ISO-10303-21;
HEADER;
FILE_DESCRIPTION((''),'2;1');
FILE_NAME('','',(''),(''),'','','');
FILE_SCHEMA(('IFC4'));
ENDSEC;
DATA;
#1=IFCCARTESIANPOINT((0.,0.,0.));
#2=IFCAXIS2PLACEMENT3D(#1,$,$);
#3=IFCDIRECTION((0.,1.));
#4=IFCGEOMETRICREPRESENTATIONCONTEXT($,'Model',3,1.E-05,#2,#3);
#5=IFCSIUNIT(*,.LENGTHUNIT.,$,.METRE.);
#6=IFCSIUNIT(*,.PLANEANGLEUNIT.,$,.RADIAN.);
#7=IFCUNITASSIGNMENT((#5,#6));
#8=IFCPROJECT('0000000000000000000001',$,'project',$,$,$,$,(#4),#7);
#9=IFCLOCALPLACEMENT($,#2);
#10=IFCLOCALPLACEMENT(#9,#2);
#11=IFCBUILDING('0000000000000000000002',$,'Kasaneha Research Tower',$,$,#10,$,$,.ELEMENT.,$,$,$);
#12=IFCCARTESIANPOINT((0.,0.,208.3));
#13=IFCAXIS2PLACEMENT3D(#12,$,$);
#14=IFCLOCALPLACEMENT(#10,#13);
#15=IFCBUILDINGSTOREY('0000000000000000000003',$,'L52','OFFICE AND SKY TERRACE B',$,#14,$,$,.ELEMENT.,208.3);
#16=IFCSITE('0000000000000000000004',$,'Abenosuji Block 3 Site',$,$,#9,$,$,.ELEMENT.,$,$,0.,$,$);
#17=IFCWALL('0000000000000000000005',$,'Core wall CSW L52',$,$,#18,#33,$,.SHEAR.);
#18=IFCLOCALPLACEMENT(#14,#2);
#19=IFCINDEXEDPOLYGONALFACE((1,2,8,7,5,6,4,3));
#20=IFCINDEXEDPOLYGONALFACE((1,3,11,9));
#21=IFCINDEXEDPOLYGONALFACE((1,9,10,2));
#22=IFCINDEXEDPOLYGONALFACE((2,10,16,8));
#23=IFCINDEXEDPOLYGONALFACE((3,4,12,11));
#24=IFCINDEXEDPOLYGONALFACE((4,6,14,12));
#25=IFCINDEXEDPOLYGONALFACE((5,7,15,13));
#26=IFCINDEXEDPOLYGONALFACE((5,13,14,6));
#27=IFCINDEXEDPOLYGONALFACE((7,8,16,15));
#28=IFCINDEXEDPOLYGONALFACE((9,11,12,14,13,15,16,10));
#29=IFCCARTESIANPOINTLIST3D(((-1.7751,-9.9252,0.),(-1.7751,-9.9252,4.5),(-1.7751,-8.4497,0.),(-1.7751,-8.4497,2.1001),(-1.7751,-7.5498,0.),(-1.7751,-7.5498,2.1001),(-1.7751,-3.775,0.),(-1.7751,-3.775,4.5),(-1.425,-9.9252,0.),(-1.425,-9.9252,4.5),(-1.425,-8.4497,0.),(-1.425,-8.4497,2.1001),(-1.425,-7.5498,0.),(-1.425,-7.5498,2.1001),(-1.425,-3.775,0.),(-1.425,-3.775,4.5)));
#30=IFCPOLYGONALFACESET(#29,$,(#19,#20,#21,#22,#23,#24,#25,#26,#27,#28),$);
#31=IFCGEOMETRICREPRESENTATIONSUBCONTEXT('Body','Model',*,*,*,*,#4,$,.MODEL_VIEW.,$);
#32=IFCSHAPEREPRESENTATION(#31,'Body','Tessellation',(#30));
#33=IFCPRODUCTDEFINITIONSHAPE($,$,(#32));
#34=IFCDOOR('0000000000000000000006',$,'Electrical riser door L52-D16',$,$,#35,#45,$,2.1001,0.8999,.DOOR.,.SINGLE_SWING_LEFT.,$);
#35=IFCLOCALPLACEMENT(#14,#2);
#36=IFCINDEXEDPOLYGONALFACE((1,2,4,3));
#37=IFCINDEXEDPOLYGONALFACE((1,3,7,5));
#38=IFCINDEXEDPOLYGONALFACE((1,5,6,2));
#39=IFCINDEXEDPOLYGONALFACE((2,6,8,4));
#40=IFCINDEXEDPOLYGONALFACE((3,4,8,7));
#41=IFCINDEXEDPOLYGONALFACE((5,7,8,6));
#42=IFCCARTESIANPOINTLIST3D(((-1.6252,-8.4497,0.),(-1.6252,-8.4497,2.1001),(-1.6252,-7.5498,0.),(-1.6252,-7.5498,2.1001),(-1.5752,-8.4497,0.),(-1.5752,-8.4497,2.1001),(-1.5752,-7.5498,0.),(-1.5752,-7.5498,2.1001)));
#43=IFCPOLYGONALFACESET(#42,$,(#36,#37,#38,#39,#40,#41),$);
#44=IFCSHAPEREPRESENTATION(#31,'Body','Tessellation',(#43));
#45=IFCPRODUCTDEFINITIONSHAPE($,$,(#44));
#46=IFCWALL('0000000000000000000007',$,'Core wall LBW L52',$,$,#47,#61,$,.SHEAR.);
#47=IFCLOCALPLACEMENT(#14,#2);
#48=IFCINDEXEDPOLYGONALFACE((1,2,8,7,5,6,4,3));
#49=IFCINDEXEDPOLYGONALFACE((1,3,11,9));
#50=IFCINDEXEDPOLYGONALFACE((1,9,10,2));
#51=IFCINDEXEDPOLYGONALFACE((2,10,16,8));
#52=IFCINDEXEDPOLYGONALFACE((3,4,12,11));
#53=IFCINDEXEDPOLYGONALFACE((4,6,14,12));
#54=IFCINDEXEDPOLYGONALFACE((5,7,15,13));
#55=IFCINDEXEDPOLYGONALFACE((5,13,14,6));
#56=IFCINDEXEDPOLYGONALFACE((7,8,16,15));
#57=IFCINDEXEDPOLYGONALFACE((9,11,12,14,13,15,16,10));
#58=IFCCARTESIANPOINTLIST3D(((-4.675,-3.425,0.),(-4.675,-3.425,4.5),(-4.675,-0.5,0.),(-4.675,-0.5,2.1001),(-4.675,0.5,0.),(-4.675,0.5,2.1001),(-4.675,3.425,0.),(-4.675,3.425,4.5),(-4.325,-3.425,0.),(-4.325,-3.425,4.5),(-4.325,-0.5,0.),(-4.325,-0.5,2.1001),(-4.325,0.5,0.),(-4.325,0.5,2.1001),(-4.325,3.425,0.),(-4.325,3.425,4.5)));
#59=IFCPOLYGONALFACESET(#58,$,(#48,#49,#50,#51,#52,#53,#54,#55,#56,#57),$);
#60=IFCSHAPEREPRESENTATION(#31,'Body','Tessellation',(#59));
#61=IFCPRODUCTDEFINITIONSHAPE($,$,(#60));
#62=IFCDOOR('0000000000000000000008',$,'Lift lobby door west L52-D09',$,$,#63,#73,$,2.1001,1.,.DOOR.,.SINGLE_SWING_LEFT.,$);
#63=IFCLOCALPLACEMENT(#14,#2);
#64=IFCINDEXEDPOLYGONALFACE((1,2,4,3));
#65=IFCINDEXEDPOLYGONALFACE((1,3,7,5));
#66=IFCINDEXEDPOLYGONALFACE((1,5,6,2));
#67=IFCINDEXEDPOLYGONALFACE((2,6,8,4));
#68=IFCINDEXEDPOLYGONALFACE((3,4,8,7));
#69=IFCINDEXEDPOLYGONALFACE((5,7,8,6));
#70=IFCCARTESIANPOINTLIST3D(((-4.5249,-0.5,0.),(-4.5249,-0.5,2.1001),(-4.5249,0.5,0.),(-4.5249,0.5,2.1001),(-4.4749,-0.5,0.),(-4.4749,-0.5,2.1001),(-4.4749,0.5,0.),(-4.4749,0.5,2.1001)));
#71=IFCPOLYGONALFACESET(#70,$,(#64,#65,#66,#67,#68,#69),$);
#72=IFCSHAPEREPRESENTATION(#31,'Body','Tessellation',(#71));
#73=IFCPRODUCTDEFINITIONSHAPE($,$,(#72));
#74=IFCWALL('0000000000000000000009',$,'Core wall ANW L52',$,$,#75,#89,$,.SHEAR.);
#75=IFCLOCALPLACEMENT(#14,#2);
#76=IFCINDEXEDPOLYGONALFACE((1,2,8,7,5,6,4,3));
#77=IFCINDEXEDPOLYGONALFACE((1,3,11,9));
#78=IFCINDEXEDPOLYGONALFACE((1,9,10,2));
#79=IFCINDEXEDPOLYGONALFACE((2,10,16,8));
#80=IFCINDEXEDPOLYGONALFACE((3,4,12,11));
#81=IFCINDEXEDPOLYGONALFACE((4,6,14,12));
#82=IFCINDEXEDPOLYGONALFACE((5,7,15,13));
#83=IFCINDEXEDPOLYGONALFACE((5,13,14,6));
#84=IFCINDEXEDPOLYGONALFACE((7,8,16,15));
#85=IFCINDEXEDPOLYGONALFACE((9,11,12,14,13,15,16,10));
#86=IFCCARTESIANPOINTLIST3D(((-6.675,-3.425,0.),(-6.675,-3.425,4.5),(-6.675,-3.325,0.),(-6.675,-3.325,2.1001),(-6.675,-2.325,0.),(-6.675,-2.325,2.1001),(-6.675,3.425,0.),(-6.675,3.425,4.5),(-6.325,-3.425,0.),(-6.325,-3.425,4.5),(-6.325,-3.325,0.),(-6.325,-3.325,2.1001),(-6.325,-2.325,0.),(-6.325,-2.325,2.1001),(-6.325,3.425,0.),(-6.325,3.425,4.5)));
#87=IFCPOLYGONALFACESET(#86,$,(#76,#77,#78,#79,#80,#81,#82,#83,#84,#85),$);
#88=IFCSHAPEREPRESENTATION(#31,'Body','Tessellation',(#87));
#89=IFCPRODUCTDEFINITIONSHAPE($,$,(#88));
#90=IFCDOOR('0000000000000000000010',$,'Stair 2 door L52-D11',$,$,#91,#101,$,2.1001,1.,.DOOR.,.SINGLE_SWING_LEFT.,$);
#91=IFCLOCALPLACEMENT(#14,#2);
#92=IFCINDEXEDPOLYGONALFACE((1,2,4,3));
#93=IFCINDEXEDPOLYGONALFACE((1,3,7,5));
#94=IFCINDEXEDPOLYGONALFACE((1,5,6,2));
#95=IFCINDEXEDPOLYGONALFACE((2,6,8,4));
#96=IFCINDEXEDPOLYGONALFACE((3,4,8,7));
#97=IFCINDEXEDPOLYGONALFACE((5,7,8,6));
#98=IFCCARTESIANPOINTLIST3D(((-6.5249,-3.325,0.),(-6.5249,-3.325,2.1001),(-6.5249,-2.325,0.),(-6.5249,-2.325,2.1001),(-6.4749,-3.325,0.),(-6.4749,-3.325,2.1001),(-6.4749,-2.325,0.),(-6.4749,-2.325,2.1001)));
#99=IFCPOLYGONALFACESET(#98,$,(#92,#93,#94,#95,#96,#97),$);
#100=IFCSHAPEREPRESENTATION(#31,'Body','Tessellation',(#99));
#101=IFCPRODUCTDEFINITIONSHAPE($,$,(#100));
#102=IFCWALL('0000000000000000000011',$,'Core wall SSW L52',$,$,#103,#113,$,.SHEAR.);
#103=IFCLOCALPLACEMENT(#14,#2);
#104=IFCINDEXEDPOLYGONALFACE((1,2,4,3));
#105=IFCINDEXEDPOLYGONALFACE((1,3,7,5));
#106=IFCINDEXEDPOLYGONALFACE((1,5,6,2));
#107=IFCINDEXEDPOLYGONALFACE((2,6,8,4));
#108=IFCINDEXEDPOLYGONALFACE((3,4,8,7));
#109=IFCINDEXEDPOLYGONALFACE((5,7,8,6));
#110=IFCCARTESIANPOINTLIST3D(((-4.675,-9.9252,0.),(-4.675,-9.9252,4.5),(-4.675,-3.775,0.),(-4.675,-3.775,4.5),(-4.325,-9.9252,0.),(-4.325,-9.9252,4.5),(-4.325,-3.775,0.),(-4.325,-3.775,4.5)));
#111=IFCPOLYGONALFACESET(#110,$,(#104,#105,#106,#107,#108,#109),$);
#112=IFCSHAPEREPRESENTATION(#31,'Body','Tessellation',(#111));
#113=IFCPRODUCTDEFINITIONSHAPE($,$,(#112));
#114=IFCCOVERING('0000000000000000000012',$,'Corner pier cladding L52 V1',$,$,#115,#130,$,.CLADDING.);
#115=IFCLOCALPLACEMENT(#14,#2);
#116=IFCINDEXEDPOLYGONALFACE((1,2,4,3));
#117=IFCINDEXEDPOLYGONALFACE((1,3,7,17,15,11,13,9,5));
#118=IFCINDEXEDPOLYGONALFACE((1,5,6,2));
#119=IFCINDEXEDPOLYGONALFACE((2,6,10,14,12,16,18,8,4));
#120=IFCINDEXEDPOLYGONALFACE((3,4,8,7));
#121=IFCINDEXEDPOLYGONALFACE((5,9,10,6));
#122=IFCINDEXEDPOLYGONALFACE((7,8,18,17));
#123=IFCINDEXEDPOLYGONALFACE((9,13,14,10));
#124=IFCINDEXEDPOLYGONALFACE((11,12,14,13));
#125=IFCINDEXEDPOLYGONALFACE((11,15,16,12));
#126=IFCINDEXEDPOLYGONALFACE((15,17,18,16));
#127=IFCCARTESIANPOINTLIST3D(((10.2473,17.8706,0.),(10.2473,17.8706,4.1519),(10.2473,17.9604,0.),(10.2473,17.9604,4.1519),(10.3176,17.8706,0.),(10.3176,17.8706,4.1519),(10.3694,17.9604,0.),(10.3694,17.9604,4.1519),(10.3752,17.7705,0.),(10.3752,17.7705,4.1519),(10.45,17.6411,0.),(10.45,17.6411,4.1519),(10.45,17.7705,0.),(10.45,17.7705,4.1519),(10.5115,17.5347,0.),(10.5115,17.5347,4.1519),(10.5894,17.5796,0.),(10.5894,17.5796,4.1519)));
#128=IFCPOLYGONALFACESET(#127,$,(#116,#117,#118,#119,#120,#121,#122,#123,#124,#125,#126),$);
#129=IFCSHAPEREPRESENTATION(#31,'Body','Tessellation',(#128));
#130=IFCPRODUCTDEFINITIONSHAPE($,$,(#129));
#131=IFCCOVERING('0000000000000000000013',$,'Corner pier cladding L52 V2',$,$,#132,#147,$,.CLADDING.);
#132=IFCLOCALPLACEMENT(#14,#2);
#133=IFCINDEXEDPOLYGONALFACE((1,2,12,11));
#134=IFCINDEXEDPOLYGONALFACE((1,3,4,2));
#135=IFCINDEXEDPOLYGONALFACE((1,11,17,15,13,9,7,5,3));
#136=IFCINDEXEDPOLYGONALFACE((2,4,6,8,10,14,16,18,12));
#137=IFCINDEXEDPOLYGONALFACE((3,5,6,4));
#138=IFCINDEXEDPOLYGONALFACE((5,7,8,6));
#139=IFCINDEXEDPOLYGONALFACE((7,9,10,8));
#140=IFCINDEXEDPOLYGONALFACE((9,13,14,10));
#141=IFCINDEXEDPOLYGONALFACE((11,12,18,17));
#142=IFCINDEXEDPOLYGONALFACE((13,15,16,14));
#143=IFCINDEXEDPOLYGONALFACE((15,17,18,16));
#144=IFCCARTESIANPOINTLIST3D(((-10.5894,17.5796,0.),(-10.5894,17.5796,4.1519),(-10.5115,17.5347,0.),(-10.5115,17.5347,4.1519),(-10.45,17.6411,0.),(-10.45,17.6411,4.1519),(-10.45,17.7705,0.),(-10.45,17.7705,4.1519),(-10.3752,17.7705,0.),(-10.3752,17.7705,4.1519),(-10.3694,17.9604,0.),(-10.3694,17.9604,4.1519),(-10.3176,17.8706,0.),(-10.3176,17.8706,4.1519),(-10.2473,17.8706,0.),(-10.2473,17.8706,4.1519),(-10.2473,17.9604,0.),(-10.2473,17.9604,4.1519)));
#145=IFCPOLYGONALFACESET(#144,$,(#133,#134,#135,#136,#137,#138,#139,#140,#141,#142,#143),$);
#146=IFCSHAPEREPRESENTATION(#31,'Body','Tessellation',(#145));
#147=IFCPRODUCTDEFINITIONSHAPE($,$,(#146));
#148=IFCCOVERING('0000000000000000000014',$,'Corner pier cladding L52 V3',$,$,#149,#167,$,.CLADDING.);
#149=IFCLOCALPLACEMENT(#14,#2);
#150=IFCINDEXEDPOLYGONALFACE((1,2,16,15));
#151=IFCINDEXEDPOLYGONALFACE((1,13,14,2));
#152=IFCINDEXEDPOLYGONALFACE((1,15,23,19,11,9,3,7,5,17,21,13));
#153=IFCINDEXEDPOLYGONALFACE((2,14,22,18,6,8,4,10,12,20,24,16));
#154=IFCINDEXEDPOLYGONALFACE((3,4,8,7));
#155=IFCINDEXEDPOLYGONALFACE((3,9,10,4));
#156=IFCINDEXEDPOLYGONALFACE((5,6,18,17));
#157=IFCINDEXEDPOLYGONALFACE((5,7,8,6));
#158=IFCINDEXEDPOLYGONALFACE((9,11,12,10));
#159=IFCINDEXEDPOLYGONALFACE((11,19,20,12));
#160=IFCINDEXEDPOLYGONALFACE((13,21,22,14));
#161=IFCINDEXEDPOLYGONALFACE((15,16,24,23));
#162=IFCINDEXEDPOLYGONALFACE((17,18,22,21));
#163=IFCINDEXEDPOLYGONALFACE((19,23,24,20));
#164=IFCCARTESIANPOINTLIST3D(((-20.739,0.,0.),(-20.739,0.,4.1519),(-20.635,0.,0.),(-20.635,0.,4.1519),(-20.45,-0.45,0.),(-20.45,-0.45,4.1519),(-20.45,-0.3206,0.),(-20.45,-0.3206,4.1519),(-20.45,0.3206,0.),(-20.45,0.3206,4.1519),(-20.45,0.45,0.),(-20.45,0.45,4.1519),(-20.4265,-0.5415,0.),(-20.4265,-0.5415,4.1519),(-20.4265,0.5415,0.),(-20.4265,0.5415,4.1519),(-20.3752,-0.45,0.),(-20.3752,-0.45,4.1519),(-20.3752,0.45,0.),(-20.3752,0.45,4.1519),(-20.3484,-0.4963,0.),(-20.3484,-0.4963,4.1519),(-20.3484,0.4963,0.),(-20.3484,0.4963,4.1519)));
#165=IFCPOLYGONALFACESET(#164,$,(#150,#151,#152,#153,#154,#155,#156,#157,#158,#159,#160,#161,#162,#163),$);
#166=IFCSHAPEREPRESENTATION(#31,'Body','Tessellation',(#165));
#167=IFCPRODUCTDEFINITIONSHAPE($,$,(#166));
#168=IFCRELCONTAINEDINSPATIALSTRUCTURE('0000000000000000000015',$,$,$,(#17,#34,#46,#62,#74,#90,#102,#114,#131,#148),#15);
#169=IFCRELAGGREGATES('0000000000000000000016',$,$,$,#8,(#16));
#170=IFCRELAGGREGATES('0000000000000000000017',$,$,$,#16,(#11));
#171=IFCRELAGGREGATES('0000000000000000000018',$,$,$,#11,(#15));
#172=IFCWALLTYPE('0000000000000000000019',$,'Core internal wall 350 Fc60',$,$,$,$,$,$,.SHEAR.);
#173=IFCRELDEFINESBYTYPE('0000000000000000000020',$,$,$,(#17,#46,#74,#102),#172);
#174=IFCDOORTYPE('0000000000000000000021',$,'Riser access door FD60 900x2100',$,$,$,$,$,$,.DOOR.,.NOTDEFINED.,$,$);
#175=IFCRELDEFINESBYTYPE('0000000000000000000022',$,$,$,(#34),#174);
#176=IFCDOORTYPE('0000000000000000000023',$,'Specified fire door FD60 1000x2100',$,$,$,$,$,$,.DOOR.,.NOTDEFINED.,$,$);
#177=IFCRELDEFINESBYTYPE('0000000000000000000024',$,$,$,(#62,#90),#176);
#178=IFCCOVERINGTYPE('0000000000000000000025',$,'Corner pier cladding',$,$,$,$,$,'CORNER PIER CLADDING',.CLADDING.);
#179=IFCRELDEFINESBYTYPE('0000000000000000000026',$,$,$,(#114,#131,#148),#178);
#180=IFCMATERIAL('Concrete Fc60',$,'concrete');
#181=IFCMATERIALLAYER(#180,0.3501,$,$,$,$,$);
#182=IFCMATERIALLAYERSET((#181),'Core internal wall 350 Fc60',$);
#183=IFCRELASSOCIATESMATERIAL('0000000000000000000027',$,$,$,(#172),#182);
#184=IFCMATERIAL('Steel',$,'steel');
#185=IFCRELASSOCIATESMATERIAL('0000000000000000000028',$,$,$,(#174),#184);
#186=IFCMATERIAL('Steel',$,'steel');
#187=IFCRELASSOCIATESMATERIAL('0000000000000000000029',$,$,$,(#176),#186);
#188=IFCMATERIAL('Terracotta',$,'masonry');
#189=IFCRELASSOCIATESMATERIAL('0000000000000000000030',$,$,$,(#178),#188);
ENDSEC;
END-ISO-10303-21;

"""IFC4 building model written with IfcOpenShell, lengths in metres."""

from ifc_helpers import new_model, si_unit, direction, frame, frame_2d, origin, place, context, subcontext, project, spatial, polyline, rectangle, outline, extrude, material, layer, layer_set, type_object, element, fill, save


model = new_model("IFC4")

# Units and contexts
model_context = context("Model", 3, precision=1e-05, world=origin(), true_north=direction((0.0, 1.0)))
body_context = subcontext(model_context, "Body", "Model", "MODEL_VIEW")
ifc_project = project(units=[si_unit("LENGTHUNIT", "METRE"), si_unit("PLANEANGLEUNIT", "RADIAN")], contexts=[model_context])

# Site, building, storey
site_placement = place(None, origin())
site = spatial("IfcSite", under=ifc_project, at=site_placement, Name="Abenosuji Block 3 Site", CompositionType="ELEMENT", RefElevation=0.0)
building_placement = place(site_placement, origin())
building = spatial("IfcBuilding", under=site, at=building_placement, Name="Kasaneha Research Tower", CompositionType="ELEMENT")
storey_placement = place(building_placement, frame((0.0, 0.0, 208.3)))
storey = spatial("IfcBuildingStorey", under=building, at=storey_placement, Name="L52", Description="OFFICE AND SKY TERRACE B", CompositionType="ELEMENT", Elevation=208.3)

# Walls, openings, doors
ifc_material_1 = material(Name="Concrete Fc60", Category="concrete")
ifc_layer_1 = layer(ifc_material_1, 0.3501)
ifc_layer_set_1 = layer_set([ifc_layer_1], Name="Core internal wall 350 Fc60")
wall_type = type_object("IfcWallType", Name="Core internal wall 350 Fc60", PredefinedType="SHEAR", material=ifc_layer_set_1)
wall_1_placement = place(storey_placement, frame((-1.6001, -3.7749, 0.0), z_axis=(0.0, 0.0, 1.0), x_axis=(0.0, -1.0, 0.0)))
wall_1 = element("IfcWall", 1, at=wall_1_placement, inside=storey, type_object=wall_type, Name="Core wall CSW L52", PredefinedType="SHEAR", context=body_context, shape_type="SweptSolid", body=[
    extrude(rectangle(XDim=6.1501, YDim=0.3501, at=frame_2d((3.0752, 0.0))), origin(), (0.0, 0.0, 1.0), 4.5),
])
opening_1_placement = place(wall_1_placement, frame((3.7749, 0.0, 0.0)))
opening_1 = element("IfcOpeningElement", 2, at=opening_1_placement, cuts=wall_1, PredefinedType="OPENING", context=body_context, shape_type="SweptSolid", body=[
    extrude(rectangle(XDim=0.8999, YDim=2.1001, at=frame_2d((0.45, 1.05))), frame((0.0, 0.1851, 0.0), z_axis=(0.0, -1.0, 0.0), x_axis=(1.0, 0.0, 0.0)), (0.0, 0.0, 1.0), 0.3701),
])
ifc_material_2 = material(Name="Steel", Category="steel")
door_type_1 = type_object("IfcDoorType", Name="Riser access door FD60 900x2100", OperationType="NOTDEFINED", PredefinedType="DOOR", material=ifc_material_2)
door_1_placement = place(opening_1_placement, origin())
door_1 = element("IfcDoor", 3, at=door_1_placement, inside=storey, type_object=door_type_1, Name="Electrical riser door L52-D16", OperationType="SINGLE_SWING_LEFT", OverallHeight=2.1001, OverallWidth=0.8999, PredefinedType="DOOR", context=body_context, shape_type="SweptSolid", body=[
    extrude(rectangle(XDim=0.8999, YDim=2.1001, at=frame_2d((0.45, 1.05))), frame((0.0, 0.0249, 0.0), z_axis=(0.0, -1.0, 0.0), x_axis=(1.0, 0.0, 0.0)), (0.0, 0.0, 1.0), 0.05),
])
fill(opening_1, door_1)
wall_2_placement = place(storey_placement, frame((-4.5, -3.425, 0.0), z_axis=(0.0, 0.0, 1.0), x_axis=(0.0, 1.0, 0.0)))
wall_2 = element("IfcWall", 4, at=wall_2_placement, inside=storey, type_object=wall_type, Name="Core wall LBW L52", PredefinedType="SHEAR", context=body_context, shape_type="SweptSolid", body=[
    extrude(rectangle(XDim=6.8501, YDim=0.3501, at=frame_2d((3.425, 0.0))), origin(), (0.0, 0.0, 1.0), 4.5),
])
opening_2_placement = place(wall_2_placement, frame((2.925, 0.0, 0.0)))
opening_2 = element("IfcOpeningElement", 5, at=opening_2_placement, cuts=wall_2, PredefinedType="OPENING", context=body_context, shape_type="SweptSolid", body=[
    extrude(rectangle(XDim=1.0, YDim=2.1001, at=frame_2d((0.5, 1.05))), frame((0.0, 0.1851, 0.0), z_axis=(0.0, -1.0, 0.0), x_axis=(1.0, 0.0, 0.0)), (0.0, 0.0, 1.0), 0.3701),
])
ifc_material_3 = material(Name="Steel", Category="steel")
door_type_2 = type_object("IfcDoorType", Name="Specified fire door FD60 1000x2100", OperationType="NOTDEFINED", PredefinedType="DOOR", material=ifc_material_3)
door_2_placement = place(opening_2_placement, origin())
door_2 = element("IfcDoor", 6, at=door_2_placement, inside=storey, type_object=door_type_2, Name="Lift lobby door west L52-D09", OperationType="SINGLE_SWING_LEFT", OverallHeight=2.1001, OverallWidth=1.0, PredefinedType="DOOR", context=body_context, shape_type="SweptSolid", body=[
    extrude(rectangle(XDim=1.0, YDim=2.1001, at=frame_2d((0.5, 1.05))), frame((0.0, 0.0249, 0.0), z_axis=(0.0, -1.0, 0.0), x_axis=(1.0, 0.0, 0.0)), (0.0, 0.0, 1.0), 0.05),
])
fill(opening_2, door_2)
wall_3_placement = place(storey_placement, frame((-6.5, -3.425, 0.0), z_axis=(0.0, 0.0, 1.0), x_axis=(0.0, 1.0, 0.0)))
wall_3 = element("IfcWall", 7, at=wall_3_placement, inside=storey, type_object=wall_type, Name="Core wall ANW L52", PredefinedType="SHEAR", context=body_context, shape_type="SweptSolid", body=[
    extrude(rectangle(XDim=6.8501, YDim=0.3501, at=frame_2d((3.425, 0.0))), origin(), (0.0, 0.0, 1.0), 4.5),
])
opening_3_placement = place(wall_3_placement, frame((0.1001, 0.0, 0.0)))
opening_3 = element("IfcOpeningElement", 8, at=opening_3_placement, cuts=wall_3, PredefinedType="OPENING", context=body_context, shape_type="SweptSolid", body=[
    extrude(rectangle(XDim=1.0, YDim=2.1001, at=frame_2d((0.5, 1.05))), frame((0.0, 0.1851, 0.0), z_axis=(0.0, -1.0, 0.0), x_axis=(1.0, 0.0, 0.0)), (0.0, 0.0, 1.0), 0.3701),
])
door_3_placement = place(opening_3_placement, origin())
door_3 = element("IfcDoor", 9, at=door_3_placement, inside=storey, type_object=door_type_2, Name="Stair 2 door L52-D11", OperationType="SINGLE_SWING_LEFT", OverallHeight=2.1001, OverallWidth=1.0, PredefinedType="DOOR", context=body_context, shape_type="SweptSolid", body=[
    extrude(rectangle(XDim=1.0, YDim=2.1001, at=frame_2d((0.5, 1.05))), frame((0.0, 0.0249, 0.0), z_axis=(0.0, -1.0, 0.0), x_axis=(1.0, 0.0, 0.0)), (0.0, 0.0, 1.0), 0.05),
])
fill(opening_3, door_3)

# Wall
wall_4_placement = place(storey_placement, frame((-4.5, -3.7749, 0.0), z_axis=(0.0, 0.0, 1.0), x_axis=(0.0, -1.0, 0.0)))
element("IfcWall", 10, at=wall_4_placement, inside=storey, type_object=wall_type, Name="Core wall SSW L52", PredefinedType="SHEAR", context=body_context, shape_type="SweptSolid", body=[
    extrude(rectangle(XDim=6.1501, YDim=0.3501, at=frame_2d((3.0752, 0.0))), origin(), (0.0, 0.0, 1.0), 4.5),
])

# Coverings
ifc_material_4 = material(Name="Terracotta", Category="masonry")
covering_type_1 = type_object("IfcCoveringType", Name="Corner pier cladding", ElementType="CORNER PIER CLADDING", PredefinedType="CLADDING", material=ifc_material_4)
covering_1_placement = place(storey_placement, origin())
element("IfcCovering", 11, at=covering_1_placement, inside=storey, type_object=covering_type_1, Name="Corner pier cladding L52 V1", PredefinedType="CLADDING", context=body_context, shape_type="SweptSolid", body=[
    extrude(outline(polyline([(10.5115, 17.5347), (10.45, 17.6411), (10.45, 17.7705), (10.3752, 17.7705), (10.3176, 17.8706), (10.2473, 17.8706), (10.2473, 17.9604), (10.3694, 17.9604), (10.5894, 17.5796), (10.5115, 17.5347)])), origin(), (0.0, 0.0, 1.0), 4.1519),
])
covering_2_placement = place(storey_placement, origin())
element("IfcCovering", 12, at=covering_2_placement, inside=storey, type_object=covering_type_1, Name="Corner pier cladding L52 V2", PredefinedType="CLADDING", context=body_context, shape_type="SweptSolid", body=[
    extrude(outline(polyline([(-10.2473, 17.8706), (-10.3176, 17.8706), (-10.3752, 17.7705), (-10.45, 17.7705), (-10.45, 17.6411), (-10.5115, 17.5347), (-10.5894, 17.5796), (-10.3694, 17.9604), (-10.2473, 17.9604), (-10.2473, 17.8706)])), origin(), (0.0, 0.0, 1.0), 4.1519),
])
covering_3_placement = place(storey_placement, origin())
element("IfcCovering", 13, at=covering_3_placement, inside=storey, type_object=covering_type_1, Name="Corner pier cladding L52 V3", PredefinedType="CLADDING", context=body_context, shape_type="SweptSolid", body=[
    extrude(outline(polyline([(-20.3484, 0.4963), (-20.3752, 0.45), (-20.45, 0.45), (-20.45, 0.3206), (-20.635, 0.0), (-20.45, -0.3206), (-20.45, -0.45), (-20.3752, -0.45), (-20.3484, -0.4963), (-20.4265, -0.5415), (-20.739, 0.0), (-20.4265, 0.5415), (-20.3484, 0.4963)])), origin(), (0.0, 0.0, 1.0), 4.1519),
])

save(model, "model.ifc")
